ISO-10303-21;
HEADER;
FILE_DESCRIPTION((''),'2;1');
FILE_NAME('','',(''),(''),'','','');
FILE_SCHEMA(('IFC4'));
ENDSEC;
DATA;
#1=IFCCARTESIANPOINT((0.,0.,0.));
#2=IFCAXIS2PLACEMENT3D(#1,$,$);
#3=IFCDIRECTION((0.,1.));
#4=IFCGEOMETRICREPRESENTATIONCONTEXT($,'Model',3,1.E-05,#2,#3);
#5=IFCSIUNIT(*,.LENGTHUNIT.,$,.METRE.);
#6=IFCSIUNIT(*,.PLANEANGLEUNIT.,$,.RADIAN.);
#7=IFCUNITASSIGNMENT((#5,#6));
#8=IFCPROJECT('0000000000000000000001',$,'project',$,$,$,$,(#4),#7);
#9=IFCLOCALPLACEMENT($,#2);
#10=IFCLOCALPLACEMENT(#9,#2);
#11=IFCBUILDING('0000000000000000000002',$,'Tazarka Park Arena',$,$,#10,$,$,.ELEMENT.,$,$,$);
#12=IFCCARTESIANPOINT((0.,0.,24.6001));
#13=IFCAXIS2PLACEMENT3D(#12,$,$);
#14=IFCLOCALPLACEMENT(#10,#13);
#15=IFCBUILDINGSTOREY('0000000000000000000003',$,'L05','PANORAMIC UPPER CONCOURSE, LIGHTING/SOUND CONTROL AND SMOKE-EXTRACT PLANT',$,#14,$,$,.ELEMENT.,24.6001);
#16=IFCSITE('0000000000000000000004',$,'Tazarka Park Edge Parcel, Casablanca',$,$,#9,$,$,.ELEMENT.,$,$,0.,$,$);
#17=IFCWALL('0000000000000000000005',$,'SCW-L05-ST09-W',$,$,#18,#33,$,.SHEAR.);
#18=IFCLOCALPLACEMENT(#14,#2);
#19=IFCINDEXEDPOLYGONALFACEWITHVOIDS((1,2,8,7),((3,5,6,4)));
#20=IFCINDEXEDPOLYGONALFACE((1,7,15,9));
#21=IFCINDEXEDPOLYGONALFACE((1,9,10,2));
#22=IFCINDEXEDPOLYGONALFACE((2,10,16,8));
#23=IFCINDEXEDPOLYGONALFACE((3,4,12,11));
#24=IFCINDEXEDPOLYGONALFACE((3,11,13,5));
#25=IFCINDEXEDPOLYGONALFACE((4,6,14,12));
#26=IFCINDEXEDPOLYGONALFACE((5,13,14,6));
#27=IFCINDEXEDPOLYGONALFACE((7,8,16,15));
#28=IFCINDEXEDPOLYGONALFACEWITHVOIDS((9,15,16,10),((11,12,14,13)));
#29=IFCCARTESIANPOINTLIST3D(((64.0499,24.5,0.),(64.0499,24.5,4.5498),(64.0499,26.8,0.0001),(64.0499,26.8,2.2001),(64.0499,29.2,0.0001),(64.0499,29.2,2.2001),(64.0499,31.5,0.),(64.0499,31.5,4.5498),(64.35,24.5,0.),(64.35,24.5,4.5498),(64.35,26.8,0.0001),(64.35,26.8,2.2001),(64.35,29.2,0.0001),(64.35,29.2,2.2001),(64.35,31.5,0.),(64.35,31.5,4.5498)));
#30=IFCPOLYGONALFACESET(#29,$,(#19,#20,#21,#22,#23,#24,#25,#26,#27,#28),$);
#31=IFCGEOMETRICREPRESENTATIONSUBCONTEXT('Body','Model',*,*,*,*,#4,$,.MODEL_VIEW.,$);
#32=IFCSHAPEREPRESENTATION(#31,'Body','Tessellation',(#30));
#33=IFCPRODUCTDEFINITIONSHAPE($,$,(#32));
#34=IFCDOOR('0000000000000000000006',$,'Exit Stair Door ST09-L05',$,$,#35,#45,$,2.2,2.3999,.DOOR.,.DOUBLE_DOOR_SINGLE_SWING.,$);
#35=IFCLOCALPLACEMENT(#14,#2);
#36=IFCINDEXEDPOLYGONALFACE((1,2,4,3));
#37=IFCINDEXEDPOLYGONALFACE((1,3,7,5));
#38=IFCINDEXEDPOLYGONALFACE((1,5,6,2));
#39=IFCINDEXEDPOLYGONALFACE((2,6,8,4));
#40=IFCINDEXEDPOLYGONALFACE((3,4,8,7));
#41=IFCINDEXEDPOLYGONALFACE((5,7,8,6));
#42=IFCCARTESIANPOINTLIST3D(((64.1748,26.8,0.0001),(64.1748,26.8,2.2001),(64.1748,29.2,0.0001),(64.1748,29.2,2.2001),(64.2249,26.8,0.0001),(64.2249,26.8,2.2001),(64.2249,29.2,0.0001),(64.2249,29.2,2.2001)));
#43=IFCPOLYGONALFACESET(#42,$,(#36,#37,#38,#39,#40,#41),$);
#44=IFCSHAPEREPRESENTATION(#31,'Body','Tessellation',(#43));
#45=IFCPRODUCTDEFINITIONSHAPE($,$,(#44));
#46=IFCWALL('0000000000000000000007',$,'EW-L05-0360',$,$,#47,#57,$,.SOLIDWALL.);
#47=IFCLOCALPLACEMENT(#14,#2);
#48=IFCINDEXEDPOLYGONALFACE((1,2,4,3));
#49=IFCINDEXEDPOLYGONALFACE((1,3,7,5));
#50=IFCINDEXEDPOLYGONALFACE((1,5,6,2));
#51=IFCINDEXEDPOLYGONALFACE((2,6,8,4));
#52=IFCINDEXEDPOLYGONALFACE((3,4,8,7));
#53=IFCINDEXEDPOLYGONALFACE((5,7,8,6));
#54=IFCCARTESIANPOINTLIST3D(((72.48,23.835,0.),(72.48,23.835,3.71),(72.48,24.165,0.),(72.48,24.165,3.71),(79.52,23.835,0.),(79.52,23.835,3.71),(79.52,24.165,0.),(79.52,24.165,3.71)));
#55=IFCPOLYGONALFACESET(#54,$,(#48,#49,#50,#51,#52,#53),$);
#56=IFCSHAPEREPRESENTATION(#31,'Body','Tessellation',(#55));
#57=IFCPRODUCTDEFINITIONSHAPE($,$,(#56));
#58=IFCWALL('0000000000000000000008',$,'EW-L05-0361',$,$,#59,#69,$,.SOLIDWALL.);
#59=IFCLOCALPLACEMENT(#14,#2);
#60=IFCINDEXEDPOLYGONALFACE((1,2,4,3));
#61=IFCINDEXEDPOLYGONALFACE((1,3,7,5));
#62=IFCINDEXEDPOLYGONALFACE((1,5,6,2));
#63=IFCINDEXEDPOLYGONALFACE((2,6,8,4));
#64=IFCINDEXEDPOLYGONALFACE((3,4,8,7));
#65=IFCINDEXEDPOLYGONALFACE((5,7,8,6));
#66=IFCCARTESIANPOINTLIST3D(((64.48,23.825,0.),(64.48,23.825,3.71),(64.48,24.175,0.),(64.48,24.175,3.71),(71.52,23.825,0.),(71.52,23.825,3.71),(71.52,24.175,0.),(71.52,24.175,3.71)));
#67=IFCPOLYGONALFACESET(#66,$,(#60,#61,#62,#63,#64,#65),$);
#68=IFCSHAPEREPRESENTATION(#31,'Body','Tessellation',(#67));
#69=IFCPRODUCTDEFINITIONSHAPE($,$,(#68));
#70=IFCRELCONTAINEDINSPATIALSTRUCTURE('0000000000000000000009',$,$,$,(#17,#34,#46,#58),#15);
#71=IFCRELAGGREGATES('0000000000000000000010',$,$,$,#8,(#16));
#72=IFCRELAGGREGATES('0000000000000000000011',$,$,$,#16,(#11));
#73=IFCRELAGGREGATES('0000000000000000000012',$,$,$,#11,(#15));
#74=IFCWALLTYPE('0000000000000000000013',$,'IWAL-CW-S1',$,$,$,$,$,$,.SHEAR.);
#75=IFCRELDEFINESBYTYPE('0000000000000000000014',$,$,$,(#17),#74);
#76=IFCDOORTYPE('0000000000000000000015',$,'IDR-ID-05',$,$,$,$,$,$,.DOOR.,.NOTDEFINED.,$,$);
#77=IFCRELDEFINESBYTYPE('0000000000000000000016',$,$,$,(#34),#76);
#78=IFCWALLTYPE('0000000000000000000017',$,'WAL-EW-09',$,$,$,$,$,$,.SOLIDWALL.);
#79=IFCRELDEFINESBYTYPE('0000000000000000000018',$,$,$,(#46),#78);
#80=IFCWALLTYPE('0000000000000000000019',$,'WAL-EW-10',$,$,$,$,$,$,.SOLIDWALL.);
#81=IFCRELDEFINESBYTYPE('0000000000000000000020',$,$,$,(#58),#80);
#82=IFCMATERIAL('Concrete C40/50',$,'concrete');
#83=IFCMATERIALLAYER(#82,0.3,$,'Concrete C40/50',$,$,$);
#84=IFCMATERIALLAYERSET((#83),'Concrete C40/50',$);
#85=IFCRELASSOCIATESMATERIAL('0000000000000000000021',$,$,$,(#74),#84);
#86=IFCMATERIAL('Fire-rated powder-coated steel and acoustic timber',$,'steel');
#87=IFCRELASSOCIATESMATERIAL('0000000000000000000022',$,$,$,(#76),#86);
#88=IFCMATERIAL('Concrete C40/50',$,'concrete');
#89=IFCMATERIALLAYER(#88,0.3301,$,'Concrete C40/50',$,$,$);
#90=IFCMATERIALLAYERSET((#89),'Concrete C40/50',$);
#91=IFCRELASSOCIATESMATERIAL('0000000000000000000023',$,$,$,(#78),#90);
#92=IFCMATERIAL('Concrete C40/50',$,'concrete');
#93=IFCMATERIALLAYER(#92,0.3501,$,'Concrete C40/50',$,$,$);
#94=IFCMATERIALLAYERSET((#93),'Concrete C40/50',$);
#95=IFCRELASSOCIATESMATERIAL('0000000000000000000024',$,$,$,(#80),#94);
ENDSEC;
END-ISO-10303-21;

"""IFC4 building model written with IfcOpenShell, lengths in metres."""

from ifc_helpers import new_model, si_unit, direction, frame, frame_2d, origin, place, context, subcontext, project, spatial, rectangle, extrude, material, layer, layer_set, type_object, element, fill, save


model = new_model("IFC4")

# Units and contexts
model_context = context("Model", 3, precision=1e-05, world=origin(), true_north=direction((0.0, 1.0)))
body_context = subcontext(model_context, "Body", "Model", "MODEL_VIEW")
ifc_project = project(units=[si_unit("LENGTHUNIT", "METRE"), si_unit("PLANEANGLEUNIT", "RADIAN")], contexts=[model_context])

# Site, building, storey
site_placement = place(None, origin())
site = spatial("IfcSite", under=ifc_project, at=site_placement, Name="Tazarka Park Edge Parcel, Casablanca", CompositionType="ELEMENT", RefElevation=0.0)
building_placement = place(site_placement, origin())
building = spatial("IfcBuilding", under=site, at=building_placement, Name="Tazarka Park Arena", CompositionType="ELEMENT")
storey_placement = place(building_placement, frame((0.0, 0.0, 24.6001)))
storey = spatial("IfcBuildingStorey", under=building, at=storey_placement, Name="L05", Description="PANORAMIC UPPER CONCOURSE, LIGHTING/SOUND CONTROL AND SMOKE-EXTRACT PLANT", CompositionType="ELEMENT", Elevation=24.6001)

# Shared definitions
ifc_material_1 = material(Name="Concrete C40/50", Category="concrete")
ifc_layer_1 = layer(ifc_material_1, 0.3, Name="Concrete C40/50")
ifc_layer_set_1 = layer_set([ifc_layer_1], Name="Concrete C40/50")
wall_type_1 = type_object("IfcWallType", Name="IWAL-CW-S1", PredefinedType="SHEAR", material=ifc_layer_set_1)

# Wall, opening, door
wall_1_placement = place(storey_placement, frame((64.2, 24.5, 0.0), z_axis=(0.0, 0.0, 1.0), x_axis=(0.0, 1.0, 0.0)))
wall_1 = element("IfcWall", 1, at=wall_1_placement, inside=storey, type_object=wall_type_1, Name="SCW-L05-ST09-W", PredefinedType="SHEAR", context=body_context, shape_type="SweptSolid", body=[
    extrude(rectangle(XDim=7.0, YDim=0.3, at=frame_2d((3.5, 0.0))), origin(), (0.0, 0.0, 1.0), 4.5498),
])
opening_placement = place(wall_1_placement, frame((2.3, 0.0, 0.0)))
opening = element("IfcOpeningElement", 2, at=opening_placement, cuts=wall_1, PredefinedType="OPENING", context=body_context, shape_type="SweptSolid", body=[
    extrude(rectangle(XDim=2.3999, YDim=2.2, at=frame_2d((1.2, 1.1001))), frame((0.0, 0.1602, 0.0), z_axis=(0.0, -1.0, 0.0), x_axis=(1.0, 0.0, 0.0)), (0.0, 0.0, 1.0), 0.3201),
])
ifc_material_2 = material(Name="Fire-rated powder-coated steel and acoustic timber", Category="steel")
door_type = type_object("IfcDoorType", Name="IDR-ID-05", OperationType="NOTDEFINED", PredefinedType="DOOR", material=ifc_material_2)
door_placement = place(opening_placement, frame((2.3999, 0.0, 0.0), z_axis=(0.0, 0.0, 1.0), x_axis=(-1.0, 0.0, 0.0)))
door = element("IfcDoor", 3, at=door_placement, inside=storey, type_object=door_type, Name="Exit Stair Door ST09-L05", OperationType="DOUBLE_DOOR_SINGLE_SWING", OverallHeight=2.2, OverallWidth=2.3999, PredefinedType="DOOR", context=body_context, shape_type="SweptSolid", body=[
    extrude(rectangle(XDim=2.3999, YDim=2.2, at=frame_2d((1.2, 1.1001))), frame((0.0, 0.0249, 0.0), z_axis=(0.0, -1.0, 0.0), x_axis=(1.0, 0.0, 0.0)), (0.0, 0.0, 1.0), 0.05),
])
fill(opening, door)

# Walls
ifc_material_3 = material(Name="Concrete C40/50", Category="concrete")
ifc_layer_2 = layer(ifc_material_3, 0.3301, Name="Concrete C40/50")
ifc_layer_set_2 = layer_set([ifc_layer_2], Name="Concrete C40/50")
wall_type_2 = type_object("IfcWallType", Name="WAL-EW-09", PredefinedType="SOLIDWALL", material=ifc_layer_set_2)
wall_2_placement = place(storey_placement, frame((79.52, 24.0, 0.0), z_axis=(0.0, 0.0, 1.0), x_axis=(-1.0, 0.0, 0.0)))
element("IfcWall", 4, at=wall_2_placement, inside=storey, type_object=wall_type_2, Name="EW-L05-0360", PredefinedType="SOLIDWALL", context=body_context, shape_type="SweptSolid", body=[
    extrude(rectangle(XDim=7.04, YDim=0.3301, at=frame_2d((3.52, 0.0))), origin(), (0.0, 0.0, 1.0), 3.71),
])
ifc_material_4 = material(Name="Concrete C40/50", Category="concrete")
ifc_layer_3 = layer(ifc_material_4, 0.3501, Name="Concrete C40/50")
ifc_layer_set_3 = layer_set([ifc_layer_3], Name="Concrete C40/50")
wall_type_3 = type_object("IfcWallType", Name="WAL-EW-10", PredefinedType="SOLIDWALL", material=ifc_layer_set_3)
wall_3_placement = place(storey_placement, frame((71.52, 24.0, 0.0), z_axis=(0.0, 0.0, 1.0), x_axis=(-1.0, 0.0, 0.0)))
element("IfcWall", 5, at=wall_3_placement, inside=storey, type_object=wall_type_3, Name="EW-L05-0361", PredefinedType="SOLIDWALL", context=body_context, shape_type="SweptSolid", body=[
    extrude(rectangle(XDim=7.04, YDim=0.3501, at=frame_2d((3.52, 0.0))), origin(), (0.0, 0.0, 1.0), 3.71),
])

save(model, "model.ifc")
